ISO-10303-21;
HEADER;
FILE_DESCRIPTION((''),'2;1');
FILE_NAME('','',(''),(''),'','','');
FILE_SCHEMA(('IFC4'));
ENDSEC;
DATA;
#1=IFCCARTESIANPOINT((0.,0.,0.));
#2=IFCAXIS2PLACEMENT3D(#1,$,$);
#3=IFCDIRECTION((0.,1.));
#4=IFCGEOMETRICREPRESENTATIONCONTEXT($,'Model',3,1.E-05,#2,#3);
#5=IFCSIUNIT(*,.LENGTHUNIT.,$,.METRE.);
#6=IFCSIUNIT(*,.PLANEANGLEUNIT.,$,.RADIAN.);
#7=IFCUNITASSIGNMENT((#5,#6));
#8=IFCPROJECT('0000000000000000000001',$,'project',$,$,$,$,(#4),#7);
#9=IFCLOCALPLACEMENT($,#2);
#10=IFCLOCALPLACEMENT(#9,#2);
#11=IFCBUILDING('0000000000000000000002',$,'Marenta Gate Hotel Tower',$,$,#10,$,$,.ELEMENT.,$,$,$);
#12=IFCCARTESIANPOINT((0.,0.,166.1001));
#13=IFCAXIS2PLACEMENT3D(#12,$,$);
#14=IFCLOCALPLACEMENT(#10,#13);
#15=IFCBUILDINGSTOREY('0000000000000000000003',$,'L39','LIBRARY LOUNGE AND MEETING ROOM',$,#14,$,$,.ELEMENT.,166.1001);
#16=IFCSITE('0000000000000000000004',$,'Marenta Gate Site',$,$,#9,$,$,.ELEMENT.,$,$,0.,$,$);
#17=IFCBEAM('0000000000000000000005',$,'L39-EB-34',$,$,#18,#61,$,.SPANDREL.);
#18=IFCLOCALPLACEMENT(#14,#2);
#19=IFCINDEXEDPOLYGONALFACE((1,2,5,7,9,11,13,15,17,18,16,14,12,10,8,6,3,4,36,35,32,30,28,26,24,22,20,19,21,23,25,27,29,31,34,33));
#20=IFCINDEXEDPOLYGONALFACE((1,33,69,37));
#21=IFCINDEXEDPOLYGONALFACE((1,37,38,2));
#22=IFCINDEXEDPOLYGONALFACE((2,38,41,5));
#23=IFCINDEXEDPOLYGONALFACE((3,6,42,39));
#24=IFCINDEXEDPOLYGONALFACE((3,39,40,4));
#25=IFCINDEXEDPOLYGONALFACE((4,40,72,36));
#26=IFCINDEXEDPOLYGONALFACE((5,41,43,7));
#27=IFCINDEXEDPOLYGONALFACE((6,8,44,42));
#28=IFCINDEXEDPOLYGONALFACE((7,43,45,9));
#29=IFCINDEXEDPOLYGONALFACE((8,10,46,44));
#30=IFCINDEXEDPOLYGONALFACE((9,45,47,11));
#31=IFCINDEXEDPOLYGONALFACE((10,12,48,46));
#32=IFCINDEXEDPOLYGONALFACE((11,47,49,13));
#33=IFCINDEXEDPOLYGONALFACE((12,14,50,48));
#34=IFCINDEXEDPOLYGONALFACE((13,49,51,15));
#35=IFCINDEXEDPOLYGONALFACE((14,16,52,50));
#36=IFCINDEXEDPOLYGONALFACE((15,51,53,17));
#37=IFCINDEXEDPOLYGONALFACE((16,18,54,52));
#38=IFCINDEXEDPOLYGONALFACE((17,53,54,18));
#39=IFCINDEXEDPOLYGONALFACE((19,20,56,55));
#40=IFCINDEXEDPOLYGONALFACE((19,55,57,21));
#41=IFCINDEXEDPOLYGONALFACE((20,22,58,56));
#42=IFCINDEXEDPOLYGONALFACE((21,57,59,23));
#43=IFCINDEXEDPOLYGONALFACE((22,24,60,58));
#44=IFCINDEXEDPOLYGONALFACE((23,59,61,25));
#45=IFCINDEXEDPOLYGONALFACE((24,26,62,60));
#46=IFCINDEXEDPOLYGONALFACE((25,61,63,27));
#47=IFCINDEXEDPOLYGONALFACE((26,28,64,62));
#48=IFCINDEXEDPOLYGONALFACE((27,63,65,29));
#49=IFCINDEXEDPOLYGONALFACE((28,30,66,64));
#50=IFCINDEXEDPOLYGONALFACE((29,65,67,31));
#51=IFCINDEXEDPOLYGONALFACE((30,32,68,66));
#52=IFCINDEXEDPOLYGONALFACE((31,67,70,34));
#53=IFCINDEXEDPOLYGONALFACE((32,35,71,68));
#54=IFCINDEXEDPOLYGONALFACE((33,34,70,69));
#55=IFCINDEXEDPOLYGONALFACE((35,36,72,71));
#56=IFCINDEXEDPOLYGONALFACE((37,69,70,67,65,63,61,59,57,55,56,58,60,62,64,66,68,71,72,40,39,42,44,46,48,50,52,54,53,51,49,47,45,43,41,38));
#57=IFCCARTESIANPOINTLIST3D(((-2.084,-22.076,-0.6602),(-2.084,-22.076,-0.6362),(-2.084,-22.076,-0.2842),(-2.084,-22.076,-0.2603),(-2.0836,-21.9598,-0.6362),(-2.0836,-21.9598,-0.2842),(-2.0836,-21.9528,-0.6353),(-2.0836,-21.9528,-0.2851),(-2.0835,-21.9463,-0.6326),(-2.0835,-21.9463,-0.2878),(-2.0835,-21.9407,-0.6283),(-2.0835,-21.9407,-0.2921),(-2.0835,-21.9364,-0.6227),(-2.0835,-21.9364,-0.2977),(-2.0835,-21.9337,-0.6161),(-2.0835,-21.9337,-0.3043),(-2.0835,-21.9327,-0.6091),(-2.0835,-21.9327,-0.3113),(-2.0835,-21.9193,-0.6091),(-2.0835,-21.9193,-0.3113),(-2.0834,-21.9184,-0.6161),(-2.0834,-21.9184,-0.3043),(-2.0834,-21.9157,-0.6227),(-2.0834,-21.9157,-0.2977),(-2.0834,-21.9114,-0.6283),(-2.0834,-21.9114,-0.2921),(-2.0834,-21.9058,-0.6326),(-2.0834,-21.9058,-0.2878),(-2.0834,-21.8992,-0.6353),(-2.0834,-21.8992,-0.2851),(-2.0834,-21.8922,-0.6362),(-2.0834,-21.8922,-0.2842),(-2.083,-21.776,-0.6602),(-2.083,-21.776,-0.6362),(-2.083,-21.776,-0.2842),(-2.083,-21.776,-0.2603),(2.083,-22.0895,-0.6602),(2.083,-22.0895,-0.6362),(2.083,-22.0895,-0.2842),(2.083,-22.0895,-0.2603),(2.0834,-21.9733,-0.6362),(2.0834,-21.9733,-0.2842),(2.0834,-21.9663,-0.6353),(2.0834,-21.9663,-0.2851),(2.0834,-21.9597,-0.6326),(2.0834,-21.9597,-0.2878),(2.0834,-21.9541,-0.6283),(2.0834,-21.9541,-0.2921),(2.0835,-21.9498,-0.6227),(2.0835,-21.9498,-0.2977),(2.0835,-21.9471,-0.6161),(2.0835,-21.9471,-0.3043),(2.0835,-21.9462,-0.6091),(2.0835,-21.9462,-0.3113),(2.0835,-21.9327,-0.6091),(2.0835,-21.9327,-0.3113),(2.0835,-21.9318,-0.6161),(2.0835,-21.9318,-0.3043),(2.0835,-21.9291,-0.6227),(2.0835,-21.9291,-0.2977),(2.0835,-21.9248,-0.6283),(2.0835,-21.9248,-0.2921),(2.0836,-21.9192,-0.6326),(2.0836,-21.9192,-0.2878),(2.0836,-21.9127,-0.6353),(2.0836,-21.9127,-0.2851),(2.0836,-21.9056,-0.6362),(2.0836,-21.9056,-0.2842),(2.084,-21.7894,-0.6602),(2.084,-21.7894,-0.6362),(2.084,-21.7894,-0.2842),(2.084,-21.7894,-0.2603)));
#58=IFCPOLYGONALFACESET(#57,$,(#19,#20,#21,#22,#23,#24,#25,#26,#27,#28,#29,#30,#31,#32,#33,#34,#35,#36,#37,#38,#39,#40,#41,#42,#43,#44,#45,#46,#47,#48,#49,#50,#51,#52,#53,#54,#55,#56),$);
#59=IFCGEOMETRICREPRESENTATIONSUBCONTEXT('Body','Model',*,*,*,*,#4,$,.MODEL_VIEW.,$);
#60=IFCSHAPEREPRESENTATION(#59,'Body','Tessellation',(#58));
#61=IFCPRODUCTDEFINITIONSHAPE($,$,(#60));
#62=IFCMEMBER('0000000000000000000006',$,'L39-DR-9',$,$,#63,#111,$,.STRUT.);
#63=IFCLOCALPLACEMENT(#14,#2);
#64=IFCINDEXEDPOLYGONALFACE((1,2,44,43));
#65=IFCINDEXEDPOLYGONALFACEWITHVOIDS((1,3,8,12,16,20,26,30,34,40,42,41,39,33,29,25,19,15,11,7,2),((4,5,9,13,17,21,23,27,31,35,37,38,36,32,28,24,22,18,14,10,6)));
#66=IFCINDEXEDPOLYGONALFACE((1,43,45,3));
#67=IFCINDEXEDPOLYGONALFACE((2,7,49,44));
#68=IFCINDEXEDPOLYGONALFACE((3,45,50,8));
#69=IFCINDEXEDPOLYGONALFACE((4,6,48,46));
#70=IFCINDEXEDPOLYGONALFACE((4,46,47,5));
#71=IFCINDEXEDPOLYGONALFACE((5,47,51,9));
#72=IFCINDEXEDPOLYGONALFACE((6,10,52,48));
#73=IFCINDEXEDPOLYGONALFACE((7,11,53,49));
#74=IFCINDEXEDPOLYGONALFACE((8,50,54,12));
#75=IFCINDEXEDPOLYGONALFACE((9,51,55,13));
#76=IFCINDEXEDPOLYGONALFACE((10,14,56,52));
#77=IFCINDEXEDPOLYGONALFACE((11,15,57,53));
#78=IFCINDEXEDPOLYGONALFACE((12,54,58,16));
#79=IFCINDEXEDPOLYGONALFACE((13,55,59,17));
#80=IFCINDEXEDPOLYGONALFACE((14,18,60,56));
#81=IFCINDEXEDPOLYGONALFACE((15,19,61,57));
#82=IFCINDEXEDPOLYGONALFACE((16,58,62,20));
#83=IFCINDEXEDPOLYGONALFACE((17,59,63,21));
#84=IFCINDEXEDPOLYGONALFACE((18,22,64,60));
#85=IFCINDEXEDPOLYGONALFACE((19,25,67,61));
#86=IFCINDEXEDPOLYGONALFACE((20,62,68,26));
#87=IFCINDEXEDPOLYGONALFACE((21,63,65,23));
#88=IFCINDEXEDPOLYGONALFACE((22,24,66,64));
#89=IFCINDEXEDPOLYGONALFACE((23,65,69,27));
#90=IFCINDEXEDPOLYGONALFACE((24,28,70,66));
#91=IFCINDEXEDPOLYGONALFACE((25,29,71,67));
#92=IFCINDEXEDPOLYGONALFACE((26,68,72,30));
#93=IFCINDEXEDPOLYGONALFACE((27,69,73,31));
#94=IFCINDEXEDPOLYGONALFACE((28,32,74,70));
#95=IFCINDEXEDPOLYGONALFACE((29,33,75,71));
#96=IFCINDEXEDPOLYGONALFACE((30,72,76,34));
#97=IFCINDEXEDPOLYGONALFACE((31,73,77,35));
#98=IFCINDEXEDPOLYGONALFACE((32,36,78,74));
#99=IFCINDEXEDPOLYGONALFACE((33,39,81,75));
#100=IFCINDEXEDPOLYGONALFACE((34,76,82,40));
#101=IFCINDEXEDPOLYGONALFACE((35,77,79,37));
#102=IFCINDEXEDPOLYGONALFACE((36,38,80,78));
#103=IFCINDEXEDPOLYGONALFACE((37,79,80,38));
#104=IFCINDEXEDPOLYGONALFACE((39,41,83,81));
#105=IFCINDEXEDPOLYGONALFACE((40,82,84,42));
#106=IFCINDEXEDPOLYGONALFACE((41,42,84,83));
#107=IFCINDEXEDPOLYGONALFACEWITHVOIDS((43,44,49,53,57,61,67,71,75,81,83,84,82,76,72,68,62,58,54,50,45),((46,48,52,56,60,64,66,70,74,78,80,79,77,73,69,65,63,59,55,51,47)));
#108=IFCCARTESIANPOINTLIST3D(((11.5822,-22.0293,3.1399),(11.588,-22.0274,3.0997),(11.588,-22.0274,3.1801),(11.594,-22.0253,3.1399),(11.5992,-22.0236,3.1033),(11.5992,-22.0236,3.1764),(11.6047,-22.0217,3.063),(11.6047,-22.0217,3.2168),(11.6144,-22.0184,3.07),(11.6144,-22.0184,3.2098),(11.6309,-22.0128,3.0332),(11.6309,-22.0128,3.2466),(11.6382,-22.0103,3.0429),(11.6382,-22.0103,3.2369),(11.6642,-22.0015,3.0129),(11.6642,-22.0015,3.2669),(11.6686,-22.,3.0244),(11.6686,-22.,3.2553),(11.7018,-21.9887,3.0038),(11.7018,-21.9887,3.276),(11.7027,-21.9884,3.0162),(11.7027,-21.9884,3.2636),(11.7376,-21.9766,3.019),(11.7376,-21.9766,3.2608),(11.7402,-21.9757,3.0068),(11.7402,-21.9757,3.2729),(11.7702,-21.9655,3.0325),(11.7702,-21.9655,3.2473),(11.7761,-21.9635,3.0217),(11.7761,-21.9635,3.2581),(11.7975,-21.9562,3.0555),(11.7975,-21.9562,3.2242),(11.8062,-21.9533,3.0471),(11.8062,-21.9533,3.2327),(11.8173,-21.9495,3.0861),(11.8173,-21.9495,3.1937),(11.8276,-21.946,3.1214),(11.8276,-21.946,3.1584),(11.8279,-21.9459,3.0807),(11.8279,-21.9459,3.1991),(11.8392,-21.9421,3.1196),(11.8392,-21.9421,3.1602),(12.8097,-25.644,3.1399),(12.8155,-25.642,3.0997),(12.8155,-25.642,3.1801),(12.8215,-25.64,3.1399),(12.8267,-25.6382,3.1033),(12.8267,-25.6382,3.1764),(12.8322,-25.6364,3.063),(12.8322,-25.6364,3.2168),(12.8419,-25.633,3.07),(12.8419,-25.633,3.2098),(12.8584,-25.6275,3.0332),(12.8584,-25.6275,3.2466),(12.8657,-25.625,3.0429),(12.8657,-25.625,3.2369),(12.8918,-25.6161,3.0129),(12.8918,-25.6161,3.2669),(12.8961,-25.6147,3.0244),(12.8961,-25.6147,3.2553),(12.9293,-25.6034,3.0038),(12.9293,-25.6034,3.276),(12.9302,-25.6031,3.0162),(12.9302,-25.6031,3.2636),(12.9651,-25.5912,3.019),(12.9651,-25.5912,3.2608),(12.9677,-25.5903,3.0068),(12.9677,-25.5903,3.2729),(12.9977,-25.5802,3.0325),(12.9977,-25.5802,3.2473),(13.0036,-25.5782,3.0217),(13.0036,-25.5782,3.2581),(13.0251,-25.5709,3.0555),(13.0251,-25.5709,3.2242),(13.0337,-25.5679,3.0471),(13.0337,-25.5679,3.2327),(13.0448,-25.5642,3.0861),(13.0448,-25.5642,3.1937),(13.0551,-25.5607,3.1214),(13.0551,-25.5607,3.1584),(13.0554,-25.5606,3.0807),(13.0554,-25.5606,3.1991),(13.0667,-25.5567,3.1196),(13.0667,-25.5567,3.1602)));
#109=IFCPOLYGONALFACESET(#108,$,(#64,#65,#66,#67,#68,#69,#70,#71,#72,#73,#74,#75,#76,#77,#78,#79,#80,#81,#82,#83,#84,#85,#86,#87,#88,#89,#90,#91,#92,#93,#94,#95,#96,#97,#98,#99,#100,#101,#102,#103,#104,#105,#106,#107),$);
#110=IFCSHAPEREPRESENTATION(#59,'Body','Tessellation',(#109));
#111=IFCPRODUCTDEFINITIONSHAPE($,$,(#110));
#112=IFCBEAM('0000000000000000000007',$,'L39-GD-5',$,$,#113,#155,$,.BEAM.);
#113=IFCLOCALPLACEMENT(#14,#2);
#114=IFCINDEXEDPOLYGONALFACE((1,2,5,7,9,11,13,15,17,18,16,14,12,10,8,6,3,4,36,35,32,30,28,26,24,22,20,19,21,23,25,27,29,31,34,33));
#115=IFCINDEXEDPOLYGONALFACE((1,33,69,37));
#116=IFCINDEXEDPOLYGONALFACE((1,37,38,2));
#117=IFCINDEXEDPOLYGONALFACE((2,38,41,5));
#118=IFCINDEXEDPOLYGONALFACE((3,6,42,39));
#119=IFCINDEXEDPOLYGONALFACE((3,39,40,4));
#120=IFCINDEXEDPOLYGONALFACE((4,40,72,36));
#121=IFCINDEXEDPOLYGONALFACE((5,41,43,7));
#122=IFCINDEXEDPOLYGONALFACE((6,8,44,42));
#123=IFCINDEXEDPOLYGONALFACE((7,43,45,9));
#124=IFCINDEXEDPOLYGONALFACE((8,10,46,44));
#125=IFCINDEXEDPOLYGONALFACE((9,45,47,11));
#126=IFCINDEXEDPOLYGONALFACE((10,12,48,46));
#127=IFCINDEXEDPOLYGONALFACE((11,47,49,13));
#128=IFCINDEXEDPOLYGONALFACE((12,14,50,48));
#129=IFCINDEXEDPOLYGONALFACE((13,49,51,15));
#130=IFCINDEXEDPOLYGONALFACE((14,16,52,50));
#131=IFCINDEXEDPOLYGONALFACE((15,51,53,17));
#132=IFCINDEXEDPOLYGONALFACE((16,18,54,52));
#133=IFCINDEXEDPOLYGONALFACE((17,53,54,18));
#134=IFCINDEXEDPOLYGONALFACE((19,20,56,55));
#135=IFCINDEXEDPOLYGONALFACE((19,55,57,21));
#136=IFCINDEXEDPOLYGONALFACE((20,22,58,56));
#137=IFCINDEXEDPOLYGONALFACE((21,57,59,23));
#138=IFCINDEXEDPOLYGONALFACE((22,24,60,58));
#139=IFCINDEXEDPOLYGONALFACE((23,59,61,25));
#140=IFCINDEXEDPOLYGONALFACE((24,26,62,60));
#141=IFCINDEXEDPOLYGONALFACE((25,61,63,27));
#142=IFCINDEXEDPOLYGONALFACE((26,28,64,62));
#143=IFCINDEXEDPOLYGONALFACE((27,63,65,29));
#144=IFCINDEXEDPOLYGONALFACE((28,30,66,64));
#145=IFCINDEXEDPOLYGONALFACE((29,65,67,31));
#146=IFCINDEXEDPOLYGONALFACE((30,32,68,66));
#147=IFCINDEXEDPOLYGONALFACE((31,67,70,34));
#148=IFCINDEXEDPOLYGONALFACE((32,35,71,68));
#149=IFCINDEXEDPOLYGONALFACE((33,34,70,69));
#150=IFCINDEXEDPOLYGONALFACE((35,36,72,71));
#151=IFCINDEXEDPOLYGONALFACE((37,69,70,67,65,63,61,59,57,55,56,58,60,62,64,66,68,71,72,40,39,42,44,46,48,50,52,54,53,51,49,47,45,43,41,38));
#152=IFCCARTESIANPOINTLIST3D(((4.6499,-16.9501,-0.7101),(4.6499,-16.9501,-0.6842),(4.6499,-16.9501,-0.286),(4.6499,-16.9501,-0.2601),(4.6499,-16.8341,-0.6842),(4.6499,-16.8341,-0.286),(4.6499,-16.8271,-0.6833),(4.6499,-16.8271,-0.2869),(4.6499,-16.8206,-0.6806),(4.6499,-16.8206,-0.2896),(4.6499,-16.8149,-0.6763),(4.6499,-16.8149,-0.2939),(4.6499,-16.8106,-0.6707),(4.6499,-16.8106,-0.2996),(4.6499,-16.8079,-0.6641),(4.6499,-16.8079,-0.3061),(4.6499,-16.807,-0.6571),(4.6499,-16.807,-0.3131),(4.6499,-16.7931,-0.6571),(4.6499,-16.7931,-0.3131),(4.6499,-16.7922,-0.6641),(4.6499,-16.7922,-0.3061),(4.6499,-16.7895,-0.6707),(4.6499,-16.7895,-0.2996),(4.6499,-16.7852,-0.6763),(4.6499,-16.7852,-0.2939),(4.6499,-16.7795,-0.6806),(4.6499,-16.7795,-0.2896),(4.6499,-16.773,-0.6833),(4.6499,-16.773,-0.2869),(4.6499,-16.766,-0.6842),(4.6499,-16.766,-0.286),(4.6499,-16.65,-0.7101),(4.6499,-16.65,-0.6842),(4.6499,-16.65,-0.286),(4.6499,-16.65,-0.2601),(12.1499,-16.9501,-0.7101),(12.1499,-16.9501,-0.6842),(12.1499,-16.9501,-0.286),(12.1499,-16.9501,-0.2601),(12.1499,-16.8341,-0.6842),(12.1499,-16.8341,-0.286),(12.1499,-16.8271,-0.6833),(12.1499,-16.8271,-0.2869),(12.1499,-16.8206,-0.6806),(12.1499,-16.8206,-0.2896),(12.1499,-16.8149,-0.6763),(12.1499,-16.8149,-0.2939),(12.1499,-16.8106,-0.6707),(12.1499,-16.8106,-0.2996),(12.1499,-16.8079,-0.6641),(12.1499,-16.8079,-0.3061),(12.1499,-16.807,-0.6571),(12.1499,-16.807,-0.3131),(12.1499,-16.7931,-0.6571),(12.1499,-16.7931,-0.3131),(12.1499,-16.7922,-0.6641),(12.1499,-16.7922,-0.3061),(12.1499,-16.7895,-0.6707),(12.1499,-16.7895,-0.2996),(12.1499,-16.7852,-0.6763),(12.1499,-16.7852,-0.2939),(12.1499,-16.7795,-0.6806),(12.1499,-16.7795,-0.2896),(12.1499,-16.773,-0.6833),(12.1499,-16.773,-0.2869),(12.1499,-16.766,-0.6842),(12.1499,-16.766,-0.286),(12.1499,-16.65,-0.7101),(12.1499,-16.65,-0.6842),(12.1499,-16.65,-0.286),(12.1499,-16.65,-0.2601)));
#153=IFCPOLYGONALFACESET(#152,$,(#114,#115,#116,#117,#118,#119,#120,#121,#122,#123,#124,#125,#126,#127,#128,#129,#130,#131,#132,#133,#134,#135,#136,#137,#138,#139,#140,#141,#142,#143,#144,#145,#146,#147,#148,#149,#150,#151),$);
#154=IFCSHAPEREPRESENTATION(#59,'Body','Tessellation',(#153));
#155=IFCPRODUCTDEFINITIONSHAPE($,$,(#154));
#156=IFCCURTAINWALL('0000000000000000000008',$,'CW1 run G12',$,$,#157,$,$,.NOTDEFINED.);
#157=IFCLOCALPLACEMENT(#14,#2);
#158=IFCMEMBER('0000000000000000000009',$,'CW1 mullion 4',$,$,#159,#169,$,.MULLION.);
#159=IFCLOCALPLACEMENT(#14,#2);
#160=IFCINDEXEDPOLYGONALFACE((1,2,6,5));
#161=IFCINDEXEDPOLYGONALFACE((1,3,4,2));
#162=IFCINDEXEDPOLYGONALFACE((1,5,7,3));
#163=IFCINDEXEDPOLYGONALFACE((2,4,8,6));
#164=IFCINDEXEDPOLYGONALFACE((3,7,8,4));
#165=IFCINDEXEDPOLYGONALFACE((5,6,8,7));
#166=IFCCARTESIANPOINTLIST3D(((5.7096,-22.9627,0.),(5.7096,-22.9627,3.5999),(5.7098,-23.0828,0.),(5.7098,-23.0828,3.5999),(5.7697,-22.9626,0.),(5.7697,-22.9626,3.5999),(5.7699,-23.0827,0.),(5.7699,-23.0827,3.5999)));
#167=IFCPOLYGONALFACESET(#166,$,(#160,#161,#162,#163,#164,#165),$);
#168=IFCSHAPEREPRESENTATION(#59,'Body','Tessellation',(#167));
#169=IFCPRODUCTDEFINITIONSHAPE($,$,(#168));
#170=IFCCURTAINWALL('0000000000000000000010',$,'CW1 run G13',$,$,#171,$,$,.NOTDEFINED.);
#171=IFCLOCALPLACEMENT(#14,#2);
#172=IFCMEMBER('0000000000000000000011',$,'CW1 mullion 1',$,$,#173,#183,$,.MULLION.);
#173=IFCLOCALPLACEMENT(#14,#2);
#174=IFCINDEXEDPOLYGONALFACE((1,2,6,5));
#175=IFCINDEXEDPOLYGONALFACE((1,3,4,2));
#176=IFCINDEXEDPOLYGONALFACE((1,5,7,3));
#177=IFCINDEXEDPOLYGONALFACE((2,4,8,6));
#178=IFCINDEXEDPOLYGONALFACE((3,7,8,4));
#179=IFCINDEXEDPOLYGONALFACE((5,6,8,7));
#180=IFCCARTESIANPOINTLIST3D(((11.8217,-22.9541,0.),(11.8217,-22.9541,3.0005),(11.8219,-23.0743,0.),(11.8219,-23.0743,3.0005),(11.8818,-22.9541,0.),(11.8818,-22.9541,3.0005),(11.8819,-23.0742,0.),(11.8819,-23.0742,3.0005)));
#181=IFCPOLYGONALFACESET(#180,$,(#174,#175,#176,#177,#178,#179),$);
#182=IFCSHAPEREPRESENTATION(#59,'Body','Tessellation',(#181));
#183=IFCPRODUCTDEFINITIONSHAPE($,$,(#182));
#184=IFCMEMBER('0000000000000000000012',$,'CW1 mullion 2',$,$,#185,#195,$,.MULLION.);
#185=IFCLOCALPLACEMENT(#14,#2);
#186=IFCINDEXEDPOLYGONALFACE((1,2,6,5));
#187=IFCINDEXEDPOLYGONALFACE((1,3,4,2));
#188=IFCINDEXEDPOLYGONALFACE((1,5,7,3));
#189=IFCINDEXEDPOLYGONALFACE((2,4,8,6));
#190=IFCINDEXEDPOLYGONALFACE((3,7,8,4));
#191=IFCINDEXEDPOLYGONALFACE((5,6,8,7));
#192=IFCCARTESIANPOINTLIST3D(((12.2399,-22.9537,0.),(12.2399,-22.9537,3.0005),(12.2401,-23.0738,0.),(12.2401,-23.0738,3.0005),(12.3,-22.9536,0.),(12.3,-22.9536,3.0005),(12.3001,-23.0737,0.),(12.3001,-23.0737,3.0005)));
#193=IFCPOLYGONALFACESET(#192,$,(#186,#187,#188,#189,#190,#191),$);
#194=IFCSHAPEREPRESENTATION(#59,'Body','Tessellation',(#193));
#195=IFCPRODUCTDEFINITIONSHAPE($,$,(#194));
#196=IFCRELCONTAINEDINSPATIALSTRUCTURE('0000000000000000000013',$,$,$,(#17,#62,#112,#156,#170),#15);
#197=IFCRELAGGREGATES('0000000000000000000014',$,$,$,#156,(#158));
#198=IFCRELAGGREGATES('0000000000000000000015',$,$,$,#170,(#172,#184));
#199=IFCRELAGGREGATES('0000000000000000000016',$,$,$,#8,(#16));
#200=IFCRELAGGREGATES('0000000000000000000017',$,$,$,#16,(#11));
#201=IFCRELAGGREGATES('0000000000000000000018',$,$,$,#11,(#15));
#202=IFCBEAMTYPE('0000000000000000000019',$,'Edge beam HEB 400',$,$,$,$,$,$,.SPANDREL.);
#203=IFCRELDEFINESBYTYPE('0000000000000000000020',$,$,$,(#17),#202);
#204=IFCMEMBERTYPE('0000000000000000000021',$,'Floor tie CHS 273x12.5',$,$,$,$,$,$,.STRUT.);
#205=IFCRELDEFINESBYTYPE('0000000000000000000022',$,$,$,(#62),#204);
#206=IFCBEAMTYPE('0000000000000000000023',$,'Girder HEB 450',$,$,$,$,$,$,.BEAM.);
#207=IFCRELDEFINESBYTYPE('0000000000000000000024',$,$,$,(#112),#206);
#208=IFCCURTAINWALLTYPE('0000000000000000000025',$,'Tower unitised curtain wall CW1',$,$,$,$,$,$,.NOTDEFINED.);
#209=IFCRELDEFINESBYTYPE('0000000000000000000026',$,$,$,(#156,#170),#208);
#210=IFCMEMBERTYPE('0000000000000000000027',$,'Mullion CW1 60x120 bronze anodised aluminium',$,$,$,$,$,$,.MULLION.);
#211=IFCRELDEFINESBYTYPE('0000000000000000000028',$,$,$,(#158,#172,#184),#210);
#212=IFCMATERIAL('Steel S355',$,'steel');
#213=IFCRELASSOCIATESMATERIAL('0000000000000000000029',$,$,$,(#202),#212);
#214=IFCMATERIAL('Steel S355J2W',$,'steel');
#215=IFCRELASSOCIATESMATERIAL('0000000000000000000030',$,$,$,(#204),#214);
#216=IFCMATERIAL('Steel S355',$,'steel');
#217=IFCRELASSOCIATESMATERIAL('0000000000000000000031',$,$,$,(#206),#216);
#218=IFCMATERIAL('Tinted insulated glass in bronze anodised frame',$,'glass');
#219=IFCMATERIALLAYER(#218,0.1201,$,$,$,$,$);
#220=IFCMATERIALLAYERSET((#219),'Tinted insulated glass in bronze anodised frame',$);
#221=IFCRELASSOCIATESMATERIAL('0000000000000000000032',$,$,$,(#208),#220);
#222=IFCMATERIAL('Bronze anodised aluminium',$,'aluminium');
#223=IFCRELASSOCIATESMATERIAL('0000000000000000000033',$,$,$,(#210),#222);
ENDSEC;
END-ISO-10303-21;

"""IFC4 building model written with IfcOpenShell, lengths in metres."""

from ifc_helpers import new_model, si_unit, direction, frame, origin, origin_2d, place, context, subcontext, project, spatial, rectangle, hollow_circle, i_section, extrude, material, layer, layer_set, material_profile, profile_set, type_object, element, aggregate, save


model = new_model("IFC4")

# Units and contexts
model_context = context("Model", 3, precision=1e-05, world=origin(), true_north=direction((0.0, 1.0)))
body_context = subcontext(model_context, "Body", "Model", "MODEL_VIEW")
ifc_project = project(units=[si_unit("LENGTHUNIT", "METRE"), si_unit("PLANEANGLEUNIT", "RADIAN")], contexts=[model_context])

# Site, building, storey
site_placement = place(None, origin())
site = spatial("IfcSite", under=ifc_project, at=site_placement, Name="Marenta Gate Site", CompositionType="ELEMENT", RefElevation=0.0)
building_placement = place(site_placement, origin())
building = spatial("IfcBuilding", under=site, at=building_placement, Name="Marenta Gate Hotel Tower", CompositionType="ELEMENT")
storey_placement = place(building_placement, frame((0.0, 0.0, 166.1001)))
storey = spatial("IfcBuildingStorey", under=building, at=storey_placement, Name="L39", Description="LIBRARY LOUNGE AND MEETING ROOM", CompositionType="ELEMENT", Elevation=166.1001)

# Beam
ifc_material_1 = material(Name="Steel S355", Category="steel")
ifc_material_profile_1 = material_profile(ifc_material_1, i_section(OverallWidth=0.3, OverallDepth=0.3999, WebThickness=0.0134, FlangeThickness=0.0239, FilletRadius=0.0271, at=origin_2d()), Name="HEB 400")
ifc_profile_set_1 = profile_set([ifc_material_profile_1], Name="Steel S355")
beam_type_1 = type_object("IfcBeamType", Name="Edge beam HEB 400", PredefinedType="SPANDREL", material=ifc_profile_set_1)
beam_1_placement = place(storey_placement, frame((2.0835, -21.9395, -0.4602), z_axis=(-0.999995, 0.003222, 0.0), x_axis=(-0.003222, -0.999995, 0.0)))
element("IfcBeam", 1, at=beam_1_placement, inside=storey, type_object=beam_type_1, Name="L39-EB-34", PredefinedType="SPANDREL", context=body_context, shape_type="SweptSolid", body=[
    extrude(i_section(OverallWidth=0.3, OverallDepth=0.3999, WebThickness=0.0134, FlangeThickness=0.0239, FilletRadius=0.0271, at=origin_2d()), origin(), (0.0, 0.0, 1.0), 4.167),
])

# Member
ifc_material_2 = material(Name="Steel S355J2W", Category="steel")
ifc_material_profile_2 = material_profile(ifc_material_2, hollow_circle(Radius=0.1365, WallThickness=0.0125, at=origin_2d()), Name="CHS 273x12.5")
ifc_profile_set_2 = profile_set([ifc_material_profile_2], Name="Steel S355J2W")
member_type_1 = type_object("IfcMemberType", Name="Floor tie CHS 273x12.5", PredefinedType="STRUT", material=ifc_profile_set_2)
member_1_placement = place(storey_placement, frame((12.939, -25.6001, 3.1399), z_axis=(-0.321556, 0.94689, 0.0), x_axis=(-0.94689, -0.321556, 0.0)))
element("IfcMember", 2, at=member_1_placement, inside=storey, type_object=member_type_1, Name="L39-DR-9", PredefinedType="STRUT", context=body_context, shape_type="SweptSolid", body=[
    extrude(hollow_circle(Radius=0.1365, WallThickness=0.0125, at=origin_2d()), origin(), (0.0, 0.0, 1.0), 3.8174),
])

# Beam
ifc_material_3 = material(Name="Steel S355", Category="steel")
ifc_material_profile_3 = material_profile(ifc_material_3, i_section(OverallWidth=0.3, OverallDepth=0.45, WebThickness=0.0139, FlangeThickness=0.0259, FilletRadius=0.0271, at=origin_2d()), Name="HEB 450")
ifc_profile_set_3 = profile_set([ifc_material_profile_3], Name="Steel S355")
beam_type_2 = type_object("IfcBeamType", Name="Girder HEB 450", PredefinedType="BEAM", material=ifc_profile_set_3)
beam_2_placement = place(storey_placement, frame((4.6499, -16.8, -0.4851), z_axis=(1.0, 0.0, 0.0), x_axis=(0.0, 1.0, 0.0)))
element("IfcBeam", 3, at=beam_2_placement, inside=storey, type_object=beam_type_2, Name="L39-GD-5", PredefinedType="BEAM", context=body_context, shape_type="SweptSolid", body=[
    extrude(i_section(OverallWidth=0.3, OverallDepth=0.45, WebThickness=0.0139, FlangeThickness=0.0259, FilletRadius=0.0271, at=origin_2d()), origin(), (0.0, 0.0, 1.0), 7.5),
])

# Curtain wall, member
ifc_material_4 = material(Name="Tinted insulated glass in bronze anodised frame", Category="glass")
ifc_layer_1 = layer(ifc_material_4, 0.1201)
ifc_layer_set_1 = layer_set([ifc_layer_1], Name="Tinted insulated glass in bronze anodised frame")
curtain_wall_type = type_object("IfcCurtainWallType", Name="Tower unitised curtain wall CW1", PredefinedType="NOTDEFINED", material=ifc_layer_set_1)
curtain_wall_1_placement = place(storey_placement, origin())
curtain_wall_1 = element("IfcCurtainWall", 4, at=curtain_wall_1_placement, inside=storey, type_object=curtain_wall_type, Name="CW1 run G12", PredefinedType="NOTDEFINED")
ifc_material_5 = material(Name="Bronze anodised aluminium", Category="aluminium")
ifc_material_profile_4 = material_profile(ifc_material_5, rectangle(XDim=0.1201, YDim=0.0601, at=origin_2d()), Name="Mullion CW1 60x120 bronze anodised aluminium")
ifc_profile_set_4 = profile_set([ifc_material_profile_4], Name="Bronze anodised aluminium")
member_type_2 = type_object("IfcMemberType", Name="Mullion CW1 60x120 bronze anodised aluminium", PredefinedType="MULLION", material=ifc_profile_set_4)
member_2_placement = place(storey_placement, frame((5.7397, -23.0227, 0.0), z_axis=(0.0, 0.0, 1.0), x_axis=(-0.001365, 0.999999, 0.0)))
member_2 = element("IfcMember", 5, at=member_2_placement, type_object=member_type_2, Name="CW1 mullion 4", PredefinedType="MULLION", context=body_context, shape_type="SweptSolid", body=[
    extrude(rectangle(XDim=0.1201, YDim=0.0601, at=origin_2d()), origin(), (0.0, 0.0, 1.0), 3.5999),
])

# Curtain wall, members
curtain_wall_2_placement = place(storey_placement, origin())
curtain_wall_2 = element("IfcCurtainWall", 6, at=curtain_wall_2_placement, inside=storey, type_object=curtain_wall_type, Name="CW1 run G13", PredefinedType="NOTDEFINED")
member_3_placement = place(storey_placement, frame((11.8518, -23.0142, 0.0), z_axis=(0.0, 0.0, 1.0), x_axis=(-0.001255, 0.999999, 0.0)))
member_3 = element("IfcMember", 7, at=member_3_placement, type_object=member_type_2, Name="CW1 mullion 1", PredefinedType="MULLION", context=body_context, shape_type="SweptSolid", body=[
    extrude(rectangle(XDim=0.1201, YDim=0.0601, at=origin_2d()), origin(), (0.0, 0.0, 1.0), 3.0005),
])
member_4_placement = place(storey_placement, frame((12.27, -23.0137, 0.0), z_axis=(0.0, 0.0, 1.0), x_axis=(-0.001255, 0.999999, 0.0)))
member_4 = element("IfcMember", 8, at=member_4_placement, type_object=member_type_2, Name="CW1 mullion 2", PredefinedType="MULLION", context=body_context, shape_type="SweptSolid", body=[
    extrude(rectangle(XDim=0.1201, YDim=0.0601, at=origin_2d()), origin(), (0.0, 0.0, 1.0), 3.0005),
])

aggregate(curtain_wall_1, [member_2])
aggregate(curtain_wall_2, [member_3, member_4])

save(model, "model.ifc")
